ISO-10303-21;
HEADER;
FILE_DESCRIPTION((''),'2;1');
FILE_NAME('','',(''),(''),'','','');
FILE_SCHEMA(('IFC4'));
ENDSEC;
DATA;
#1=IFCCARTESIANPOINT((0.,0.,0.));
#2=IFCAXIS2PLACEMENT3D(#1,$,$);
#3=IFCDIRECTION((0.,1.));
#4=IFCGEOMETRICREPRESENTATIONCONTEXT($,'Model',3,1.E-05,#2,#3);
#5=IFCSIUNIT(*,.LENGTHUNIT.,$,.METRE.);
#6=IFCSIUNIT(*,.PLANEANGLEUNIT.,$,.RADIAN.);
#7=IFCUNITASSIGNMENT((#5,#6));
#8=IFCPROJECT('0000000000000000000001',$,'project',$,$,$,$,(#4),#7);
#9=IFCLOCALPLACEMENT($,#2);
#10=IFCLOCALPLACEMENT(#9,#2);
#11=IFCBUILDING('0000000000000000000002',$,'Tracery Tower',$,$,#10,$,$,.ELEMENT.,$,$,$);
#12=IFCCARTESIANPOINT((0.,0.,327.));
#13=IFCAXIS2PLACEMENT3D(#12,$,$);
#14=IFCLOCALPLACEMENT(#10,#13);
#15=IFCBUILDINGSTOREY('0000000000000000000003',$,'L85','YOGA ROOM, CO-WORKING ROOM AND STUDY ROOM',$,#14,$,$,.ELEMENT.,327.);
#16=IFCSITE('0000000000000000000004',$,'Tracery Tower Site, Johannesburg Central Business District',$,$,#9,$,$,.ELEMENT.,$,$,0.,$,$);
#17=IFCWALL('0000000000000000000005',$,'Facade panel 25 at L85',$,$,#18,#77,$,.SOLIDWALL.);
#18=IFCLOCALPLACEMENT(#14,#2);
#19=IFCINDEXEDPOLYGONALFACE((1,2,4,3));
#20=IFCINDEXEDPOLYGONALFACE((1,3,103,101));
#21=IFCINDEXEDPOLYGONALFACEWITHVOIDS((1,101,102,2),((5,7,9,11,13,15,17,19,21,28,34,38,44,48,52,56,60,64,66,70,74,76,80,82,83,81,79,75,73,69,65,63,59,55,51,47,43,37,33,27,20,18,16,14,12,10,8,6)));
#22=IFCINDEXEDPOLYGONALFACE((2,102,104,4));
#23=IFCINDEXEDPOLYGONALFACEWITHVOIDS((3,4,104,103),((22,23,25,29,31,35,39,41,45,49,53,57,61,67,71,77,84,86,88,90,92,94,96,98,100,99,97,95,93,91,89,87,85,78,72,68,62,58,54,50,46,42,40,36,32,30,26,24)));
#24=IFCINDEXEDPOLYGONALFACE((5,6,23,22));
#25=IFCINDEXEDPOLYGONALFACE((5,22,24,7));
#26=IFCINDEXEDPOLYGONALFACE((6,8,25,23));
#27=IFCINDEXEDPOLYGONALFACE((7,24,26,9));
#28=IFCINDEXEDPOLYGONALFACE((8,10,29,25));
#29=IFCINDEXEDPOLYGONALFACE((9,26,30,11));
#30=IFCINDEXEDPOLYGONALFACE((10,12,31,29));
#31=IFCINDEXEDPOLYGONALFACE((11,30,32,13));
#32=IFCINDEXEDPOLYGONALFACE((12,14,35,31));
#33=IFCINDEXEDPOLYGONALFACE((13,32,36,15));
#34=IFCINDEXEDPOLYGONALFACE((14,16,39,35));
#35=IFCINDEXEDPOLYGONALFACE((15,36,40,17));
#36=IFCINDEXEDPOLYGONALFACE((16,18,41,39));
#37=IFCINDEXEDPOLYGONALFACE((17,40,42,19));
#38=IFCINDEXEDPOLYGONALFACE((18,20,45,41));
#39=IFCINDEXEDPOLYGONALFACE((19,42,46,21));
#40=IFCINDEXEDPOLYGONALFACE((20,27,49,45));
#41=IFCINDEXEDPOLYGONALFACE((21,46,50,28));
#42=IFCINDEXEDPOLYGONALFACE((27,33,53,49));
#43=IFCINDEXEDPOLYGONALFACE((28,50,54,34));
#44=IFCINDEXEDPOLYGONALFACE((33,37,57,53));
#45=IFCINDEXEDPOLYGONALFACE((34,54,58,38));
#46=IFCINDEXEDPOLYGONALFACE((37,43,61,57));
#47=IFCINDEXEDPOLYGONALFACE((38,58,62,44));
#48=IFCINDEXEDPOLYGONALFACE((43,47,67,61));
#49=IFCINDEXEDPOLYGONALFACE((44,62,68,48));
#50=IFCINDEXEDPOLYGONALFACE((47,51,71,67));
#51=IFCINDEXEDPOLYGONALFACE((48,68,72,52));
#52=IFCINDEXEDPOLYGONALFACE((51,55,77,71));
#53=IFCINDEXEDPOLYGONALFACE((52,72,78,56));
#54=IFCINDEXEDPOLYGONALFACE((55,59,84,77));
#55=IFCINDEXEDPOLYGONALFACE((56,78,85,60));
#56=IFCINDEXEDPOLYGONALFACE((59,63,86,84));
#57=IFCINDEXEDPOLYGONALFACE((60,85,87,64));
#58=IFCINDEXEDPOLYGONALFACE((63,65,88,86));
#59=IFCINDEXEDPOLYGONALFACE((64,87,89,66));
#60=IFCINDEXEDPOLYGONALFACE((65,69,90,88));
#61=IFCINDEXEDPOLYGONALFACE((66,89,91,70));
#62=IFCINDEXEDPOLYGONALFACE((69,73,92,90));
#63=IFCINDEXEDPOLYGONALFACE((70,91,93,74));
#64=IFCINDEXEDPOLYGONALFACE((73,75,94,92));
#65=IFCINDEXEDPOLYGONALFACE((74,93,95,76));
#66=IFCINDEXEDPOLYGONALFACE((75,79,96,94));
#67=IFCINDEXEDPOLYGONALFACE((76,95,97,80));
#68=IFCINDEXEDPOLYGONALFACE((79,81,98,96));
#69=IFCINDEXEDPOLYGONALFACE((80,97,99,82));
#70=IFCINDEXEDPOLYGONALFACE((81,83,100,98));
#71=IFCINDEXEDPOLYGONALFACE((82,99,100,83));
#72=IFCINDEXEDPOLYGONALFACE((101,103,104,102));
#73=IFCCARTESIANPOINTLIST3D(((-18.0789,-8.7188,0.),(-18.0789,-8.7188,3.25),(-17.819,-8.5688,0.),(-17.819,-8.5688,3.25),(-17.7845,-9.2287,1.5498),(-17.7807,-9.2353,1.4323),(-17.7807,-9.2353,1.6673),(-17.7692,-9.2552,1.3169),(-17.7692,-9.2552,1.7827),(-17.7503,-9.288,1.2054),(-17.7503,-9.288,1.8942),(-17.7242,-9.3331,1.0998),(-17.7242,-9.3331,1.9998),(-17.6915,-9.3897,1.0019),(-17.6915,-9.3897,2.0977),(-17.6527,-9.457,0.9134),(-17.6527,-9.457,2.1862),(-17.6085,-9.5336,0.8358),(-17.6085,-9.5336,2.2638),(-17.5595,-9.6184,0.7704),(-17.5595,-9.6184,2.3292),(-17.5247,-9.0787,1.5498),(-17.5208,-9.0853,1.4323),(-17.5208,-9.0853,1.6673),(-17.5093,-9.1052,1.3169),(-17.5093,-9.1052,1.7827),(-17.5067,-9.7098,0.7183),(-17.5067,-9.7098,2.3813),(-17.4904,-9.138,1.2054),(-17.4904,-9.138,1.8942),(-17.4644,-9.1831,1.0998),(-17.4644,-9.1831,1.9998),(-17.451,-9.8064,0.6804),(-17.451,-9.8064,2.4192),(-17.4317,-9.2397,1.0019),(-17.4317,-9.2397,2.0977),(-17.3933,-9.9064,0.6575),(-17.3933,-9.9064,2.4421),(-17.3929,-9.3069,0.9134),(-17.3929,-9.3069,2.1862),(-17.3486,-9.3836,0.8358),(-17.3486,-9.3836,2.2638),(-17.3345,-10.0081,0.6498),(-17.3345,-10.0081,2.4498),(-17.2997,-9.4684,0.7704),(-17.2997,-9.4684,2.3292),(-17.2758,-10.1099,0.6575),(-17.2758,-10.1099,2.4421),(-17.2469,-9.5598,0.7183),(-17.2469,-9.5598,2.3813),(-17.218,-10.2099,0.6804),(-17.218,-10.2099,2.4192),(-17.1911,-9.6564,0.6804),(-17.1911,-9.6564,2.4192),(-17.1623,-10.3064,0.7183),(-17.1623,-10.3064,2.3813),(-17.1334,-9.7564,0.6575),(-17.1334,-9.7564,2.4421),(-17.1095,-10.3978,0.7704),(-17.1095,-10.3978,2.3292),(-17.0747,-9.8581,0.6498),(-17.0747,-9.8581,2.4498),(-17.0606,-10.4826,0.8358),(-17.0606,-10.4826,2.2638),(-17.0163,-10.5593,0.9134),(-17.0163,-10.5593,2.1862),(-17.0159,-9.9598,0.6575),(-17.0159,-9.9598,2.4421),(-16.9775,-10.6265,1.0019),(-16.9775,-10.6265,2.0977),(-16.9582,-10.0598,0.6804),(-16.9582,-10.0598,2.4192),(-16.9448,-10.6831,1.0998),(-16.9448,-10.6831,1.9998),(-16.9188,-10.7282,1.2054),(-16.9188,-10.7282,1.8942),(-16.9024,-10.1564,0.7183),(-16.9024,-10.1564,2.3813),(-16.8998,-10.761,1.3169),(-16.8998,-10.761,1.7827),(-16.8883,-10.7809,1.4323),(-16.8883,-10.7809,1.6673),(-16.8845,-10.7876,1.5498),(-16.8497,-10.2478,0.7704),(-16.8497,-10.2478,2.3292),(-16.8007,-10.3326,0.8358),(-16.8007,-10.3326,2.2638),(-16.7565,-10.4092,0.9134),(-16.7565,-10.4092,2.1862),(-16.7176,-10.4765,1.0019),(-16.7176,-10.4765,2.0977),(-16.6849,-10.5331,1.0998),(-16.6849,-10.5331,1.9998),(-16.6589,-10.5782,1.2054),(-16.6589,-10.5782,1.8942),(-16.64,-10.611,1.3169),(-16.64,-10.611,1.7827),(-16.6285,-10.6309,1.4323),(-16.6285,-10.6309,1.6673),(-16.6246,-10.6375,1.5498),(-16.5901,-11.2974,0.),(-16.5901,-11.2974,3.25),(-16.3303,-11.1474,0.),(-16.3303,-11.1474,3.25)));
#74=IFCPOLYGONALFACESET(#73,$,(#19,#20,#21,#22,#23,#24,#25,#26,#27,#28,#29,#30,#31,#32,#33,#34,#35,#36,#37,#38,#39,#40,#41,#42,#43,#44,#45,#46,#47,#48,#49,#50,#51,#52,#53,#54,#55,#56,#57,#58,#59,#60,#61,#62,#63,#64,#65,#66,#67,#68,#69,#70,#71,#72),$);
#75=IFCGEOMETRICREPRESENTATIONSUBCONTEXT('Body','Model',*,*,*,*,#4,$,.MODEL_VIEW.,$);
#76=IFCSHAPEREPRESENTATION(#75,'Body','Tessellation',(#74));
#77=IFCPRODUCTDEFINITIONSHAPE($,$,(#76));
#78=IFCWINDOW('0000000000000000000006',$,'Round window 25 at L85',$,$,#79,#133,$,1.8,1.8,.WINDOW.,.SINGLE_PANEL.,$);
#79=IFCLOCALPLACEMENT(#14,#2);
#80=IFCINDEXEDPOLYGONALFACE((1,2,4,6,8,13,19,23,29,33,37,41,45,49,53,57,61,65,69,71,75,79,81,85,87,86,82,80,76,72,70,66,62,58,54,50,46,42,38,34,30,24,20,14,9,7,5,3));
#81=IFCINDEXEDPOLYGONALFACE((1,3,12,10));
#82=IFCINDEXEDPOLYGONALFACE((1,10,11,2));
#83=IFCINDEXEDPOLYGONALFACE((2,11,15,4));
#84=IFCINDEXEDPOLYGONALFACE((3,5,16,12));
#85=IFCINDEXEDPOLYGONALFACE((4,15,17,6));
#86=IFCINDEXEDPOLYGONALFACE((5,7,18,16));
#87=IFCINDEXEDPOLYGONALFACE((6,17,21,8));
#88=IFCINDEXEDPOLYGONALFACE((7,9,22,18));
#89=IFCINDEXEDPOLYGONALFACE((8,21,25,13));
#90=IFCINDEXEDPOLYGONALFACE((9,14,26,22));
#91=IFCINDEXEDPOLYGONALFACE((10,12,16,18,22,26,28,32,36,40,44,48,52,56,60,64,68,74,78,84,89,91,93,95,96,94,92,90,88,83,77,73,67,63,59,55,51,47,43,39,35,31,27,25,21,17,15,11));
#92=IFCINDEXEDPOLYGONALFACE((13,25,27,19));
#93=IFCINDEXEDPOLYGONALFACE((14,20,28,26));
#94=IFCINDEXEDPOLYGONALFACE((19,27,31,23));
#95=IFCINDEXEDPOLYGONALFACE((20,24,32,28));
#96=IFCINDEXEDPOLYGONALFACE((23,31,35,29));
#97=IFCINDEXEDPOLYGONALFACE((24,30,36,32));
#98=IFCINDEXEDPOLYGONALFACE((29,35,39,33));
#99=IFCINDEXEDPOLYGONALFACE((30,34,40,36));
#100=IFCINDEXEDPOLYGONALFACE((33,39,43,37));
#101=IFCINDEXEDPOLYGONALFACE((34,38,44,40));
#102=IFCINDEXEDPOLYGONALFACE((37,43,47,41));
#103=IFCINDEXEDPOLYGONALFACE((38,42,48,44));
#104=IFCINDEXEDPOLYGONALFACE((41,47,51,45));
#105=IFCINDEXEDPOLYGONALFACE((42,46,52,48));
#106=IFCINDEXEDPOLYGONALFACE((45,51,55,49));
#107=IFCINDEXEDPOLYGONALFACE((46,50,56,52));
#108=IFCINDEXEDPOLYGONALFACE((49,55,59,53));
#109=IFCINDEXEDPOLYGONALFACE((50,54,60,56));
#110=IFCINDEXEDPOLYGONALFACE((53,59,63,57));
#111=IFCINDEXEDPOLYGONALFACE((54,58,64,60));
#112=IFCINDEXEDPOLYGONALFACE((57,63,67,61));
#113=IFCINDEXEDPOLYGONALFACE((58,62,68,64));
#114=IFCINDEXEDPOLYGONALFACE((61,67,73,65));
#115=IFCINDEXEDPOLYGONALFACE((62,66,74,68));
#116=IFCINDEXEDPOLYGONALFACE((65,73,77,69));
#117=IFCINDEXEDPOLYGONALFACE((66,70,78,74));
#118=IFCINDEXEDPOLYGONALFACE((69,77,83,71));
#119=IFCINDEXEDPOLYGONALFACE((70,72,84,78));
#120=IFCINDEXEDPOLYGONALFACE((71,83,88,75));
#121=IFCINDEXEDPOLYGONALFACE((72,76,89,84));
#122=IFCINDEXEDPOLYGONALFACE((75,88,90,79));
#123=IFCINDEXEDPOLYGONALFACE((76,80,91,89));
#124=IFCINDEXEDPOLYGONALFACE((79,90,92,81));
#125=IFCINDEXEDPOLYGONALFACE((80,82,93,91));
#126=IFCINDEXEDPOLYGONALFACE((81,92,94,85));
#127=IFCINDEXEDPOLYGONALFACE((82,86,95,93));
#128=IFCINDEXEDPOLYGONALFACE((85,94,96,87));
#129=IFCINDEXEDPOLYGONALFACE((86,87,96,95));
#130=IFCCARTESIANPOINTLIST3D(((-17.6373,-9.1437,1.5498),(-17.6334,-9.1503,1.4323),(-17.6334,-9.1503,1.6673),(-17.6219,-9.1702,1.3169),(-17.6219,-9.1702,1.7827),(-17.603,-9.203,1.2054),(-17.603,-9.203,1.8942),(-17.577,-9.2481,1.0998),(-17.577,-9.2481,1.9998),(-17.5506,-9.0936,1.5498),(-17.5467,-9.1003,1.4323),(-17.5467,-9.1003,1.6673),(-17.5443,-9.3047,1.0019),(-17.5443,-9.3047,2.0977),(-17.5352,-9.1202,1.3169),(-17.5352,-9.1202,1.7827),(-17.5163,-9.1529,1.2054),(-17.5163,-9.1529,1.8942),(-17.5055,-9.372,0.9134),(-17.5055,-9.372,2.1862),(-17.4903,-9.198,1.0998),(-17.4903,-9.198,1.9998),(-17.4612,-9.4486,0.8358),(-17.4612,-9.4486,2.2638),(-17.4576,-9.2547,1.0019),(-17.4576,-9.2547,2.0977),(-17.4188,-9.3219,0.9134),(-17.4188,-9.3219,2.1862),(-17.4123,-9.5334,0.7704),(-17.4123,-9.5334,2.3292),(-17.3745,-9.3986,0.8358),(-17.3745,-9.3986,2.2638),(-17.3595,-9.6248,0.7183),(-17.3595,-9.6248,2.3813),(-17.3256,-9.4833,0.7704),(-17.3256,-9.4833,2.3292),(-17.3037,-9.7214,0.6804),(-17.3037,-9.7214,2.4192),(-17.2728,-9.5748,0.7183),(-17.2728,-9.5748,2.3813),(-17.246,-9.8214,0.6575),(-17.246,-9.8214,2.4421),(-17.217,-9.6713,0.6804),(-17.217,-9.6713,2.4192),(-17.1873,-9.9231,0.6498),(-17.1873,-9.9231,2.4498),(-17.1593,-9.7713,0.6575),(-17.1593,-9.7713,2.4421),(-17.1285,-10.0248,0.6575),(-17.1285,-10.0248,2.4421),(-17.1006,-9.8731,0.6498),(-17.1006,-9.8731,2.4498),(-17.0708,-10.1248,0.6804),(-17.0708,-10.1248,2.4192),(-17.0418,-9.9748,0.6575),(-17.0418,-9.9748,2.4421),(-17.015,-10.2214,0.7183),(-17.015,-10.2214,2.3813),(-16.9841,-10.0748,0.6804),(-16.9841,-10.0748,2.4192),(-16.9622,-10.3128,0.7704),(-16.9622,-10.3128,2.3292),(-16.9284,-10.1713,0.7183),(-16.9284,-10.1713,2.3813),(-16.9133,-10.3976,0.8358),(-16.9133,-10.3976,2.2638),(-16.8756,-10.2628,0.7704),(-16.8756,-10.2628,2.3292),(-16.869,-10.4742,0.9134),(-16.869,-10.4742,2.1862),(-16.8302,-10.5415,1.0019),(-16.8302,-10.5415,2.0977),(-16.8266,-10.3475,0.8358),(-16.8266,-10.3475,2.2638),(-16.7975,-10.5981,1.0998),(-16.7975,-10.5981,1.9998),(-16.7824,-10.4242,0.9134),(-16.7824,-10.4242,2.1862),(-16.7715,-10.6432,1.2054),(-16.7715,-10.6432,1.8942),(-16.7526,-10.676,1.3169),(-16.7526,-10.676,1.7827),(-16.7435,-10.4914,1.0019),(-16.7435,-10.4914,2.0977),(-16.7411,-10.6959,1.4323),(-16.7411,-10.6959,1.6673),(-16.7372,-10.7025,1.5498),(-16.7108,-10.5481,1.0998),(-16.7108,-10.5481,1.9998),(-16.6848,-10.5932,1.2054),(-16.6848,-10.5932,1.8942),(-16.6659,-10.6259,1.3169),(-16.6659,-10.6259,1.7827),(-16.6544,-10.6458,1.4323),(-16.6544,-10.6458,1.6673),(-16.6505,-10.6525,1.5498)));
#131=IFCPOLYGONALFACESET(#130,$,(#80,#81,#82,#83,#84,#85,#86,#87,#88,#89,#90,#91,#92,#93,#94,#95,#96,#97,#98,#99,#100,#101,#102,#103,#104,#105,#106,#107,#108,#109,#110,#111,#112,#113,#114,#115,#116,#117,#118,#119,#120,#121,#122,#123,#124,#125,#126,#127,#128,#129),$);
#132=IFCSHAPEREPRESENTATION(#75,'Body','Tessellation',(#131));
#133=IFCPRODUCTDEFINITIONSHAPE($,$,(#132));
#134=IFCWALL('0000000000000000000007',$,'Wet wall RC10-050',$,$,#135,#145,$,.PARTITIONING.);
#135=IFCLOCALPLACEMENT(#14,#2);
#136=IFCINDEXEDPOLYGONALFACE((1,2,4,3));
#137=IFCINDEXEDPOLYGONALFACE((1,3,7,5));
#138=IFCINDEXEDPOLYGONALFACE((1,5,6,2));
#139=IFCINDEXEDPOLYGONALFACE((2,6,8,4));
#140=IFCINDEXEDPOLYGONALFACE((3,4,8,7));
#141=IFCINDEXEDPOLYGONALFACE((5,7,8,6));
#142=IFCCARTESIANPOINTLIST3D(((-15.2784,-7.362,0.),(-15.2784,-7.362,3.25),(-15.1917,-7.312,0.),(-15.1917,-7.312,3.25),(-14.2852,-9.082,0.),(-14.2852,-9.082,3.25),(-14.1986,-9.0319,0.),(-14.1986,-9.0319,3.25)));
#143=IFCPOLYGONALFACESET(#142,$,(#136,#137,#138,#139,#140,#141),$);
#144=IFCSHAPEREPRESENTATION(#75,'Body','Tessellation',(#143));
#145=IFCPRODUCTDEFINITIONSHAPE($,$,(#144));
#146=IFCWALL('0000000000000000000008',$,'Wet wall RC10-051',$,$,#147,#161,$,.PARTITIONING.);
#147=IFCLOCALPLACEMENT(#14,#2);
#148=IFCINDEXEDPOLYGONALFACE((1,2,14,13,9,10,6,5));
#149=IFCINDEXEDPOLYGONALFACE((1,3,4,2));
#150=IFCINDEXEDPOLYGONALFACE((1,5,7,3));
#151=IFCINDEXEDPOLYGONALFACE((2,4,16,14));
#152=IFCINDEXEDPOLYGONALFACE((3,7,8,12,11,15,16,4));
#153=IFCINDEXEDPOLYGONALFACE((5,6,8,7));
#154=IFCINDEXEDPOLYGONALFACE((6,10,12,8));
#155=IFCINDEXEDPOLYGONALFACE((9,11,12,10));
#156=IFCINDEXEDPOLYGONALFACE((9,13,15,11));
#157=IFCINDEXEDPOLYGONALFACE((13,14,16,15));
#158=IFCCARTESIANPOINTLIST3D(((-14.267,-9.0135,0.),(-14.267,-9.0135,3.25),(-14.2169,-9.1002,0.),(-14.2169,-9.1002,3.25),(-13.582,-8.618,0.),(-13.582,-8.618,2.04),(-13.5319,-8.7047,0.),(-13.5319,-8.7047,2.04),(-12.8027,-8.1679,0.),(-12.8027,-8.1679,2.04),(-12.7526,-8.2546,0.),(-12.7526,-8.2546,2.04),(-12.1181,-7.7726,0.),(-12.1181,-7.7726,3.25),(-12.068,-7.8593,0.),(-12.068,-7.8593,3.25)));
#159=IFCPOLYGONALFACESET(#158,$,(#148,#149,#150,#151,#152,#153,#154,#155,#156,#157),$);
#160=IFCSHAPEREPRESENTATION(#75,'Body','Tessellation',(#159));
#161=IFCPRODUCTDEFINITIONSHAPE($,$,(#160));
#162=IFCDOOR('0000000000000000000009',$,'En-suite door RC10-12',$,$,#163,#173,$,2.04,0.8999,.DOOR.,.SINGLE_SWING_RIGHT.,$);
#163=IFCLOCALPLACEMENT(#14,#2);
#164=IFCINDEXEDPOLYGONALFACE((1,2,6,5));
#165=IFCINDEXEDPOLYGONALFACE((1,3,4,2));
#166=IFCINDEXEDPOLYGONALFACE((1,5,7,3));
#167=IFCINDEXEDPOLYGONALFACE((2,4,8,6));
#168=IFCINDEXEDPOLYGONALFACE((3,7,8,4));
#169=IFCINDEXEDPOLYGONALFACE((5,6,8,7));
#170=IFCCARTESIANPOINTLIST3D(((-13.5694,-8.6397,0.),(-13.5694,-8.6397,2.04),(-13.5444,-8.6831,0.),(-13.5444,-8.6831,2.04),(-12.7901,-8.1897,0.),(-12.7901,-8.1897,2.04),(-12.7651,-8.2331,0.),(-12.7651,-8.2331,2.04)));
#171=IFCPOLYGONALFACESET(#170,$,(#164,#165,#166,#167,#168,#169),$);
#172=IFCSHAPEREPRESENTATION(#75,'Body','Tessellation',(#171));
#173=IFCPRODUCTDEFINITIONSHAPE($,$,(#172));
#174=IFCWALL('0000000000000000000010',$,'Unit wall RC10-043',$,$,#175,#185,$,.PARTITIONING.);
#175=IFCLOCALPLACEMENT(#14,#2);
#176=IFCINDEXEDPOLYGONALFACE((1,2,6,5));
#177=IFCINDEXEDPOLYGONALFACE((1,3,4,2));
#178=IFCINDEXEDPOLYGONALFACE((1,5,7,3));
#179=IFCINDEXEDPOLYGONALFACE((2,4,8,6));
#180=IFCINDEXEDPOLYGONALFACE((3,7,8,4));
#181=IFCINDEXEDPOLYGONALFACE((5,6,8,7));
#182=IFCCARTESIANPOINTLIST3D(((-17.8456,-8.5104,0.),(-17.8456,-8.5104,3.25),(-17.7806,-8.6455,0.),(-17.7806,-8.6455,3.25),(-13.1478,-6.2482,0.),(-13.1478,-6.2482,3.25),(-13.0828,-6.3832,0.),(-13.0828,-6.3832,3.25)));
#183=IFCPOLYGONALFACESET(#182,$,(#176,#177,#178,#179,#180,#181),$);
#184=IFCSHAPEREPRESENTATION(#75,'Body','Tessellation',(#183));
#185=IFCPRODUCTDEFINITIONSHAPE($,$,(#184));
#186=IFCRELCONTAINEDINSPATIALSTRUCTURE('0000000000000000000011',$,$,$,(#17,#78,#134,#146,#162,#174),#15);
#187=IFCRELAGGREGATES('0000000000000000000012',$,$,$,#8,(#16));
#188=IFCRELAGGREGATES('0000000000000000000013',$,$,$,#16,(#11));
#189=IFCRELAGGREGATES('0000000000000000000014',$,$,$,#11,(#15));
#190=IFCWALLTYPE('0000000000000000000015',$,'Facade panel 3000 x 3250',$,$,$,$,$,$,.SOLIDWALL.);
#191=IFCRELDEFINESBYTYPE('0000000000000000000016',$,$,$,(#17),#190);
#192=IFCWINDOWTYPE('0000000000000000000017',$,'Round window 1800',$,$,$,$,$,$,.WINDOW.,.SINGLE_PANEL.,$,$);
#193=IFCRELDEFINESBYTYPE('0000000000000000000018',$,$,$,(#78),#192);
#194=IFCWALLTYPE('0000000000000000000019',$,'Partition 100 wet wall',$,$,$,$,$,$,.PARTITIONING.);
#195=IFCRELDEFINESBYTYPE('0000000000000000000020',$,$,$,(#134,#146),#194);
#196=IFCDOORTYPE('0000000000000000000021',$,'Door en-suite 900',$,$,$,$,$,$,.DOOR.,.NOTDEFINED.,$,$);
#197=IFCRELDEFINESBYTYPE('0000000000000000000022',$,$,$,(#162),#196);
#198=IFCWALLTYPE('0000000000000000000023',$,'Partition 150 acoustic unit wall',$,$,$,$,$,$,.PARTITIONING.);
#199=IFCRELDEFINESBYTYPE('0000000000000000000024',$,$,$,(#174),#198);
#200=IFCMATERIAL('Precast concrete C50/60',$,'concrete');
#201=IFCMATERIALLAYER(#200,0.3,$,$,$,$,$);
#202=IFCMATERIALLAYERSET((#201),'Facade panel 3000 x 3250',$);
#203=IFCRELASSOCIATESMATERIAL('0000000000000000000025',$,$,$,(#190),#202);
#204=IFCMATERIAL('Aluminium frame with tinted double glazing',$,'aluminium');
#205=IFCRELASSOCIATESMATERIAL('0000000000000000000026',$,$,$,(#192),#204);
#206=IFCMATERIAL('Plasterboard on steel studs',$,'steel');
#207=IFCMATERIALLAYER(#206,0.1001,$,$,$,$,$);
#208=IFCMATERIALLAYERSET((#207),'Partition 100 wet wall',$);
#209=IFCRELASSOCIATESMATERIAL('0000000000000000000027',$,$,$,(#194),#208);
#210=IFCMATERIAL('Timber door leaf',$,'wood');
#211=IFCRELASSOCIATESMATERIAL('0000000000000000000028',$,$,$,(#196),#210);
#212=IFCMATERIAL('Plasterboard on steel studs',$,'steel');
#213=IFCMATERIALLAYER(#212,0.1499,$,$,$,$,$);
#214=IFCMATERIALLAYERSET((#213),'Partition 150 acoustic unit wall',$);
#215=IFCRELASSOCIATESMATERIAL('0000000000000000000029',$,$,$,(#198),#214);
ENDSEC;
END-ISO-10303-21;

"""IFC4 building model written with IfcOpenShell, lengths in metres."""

from ifc_helpers import new_model, si_unit, direction, frame, frame_2d, origin, origin_2d, place, context, subcontext, project, spatial, rectangle, circle, extrude, material, layer, layer_set, type_object, element, fill, save


model = new_model("IFC4")

# Units and contexts
model_context = context("Model", 3, precision=1e-05, world=origin(), true_north=direction((0.0, 1.0)))
body_context = subcontext(model_context, "Body", "Model", "MODEL_VIEW")
ifc_project = project(units=[si_unit("LENGTHUNIT", "METRE"), si_unit("PLANEANGLEUNIT", "RADIAN")], contexts=[model_context])

# Site, building, storey
site_placement = place(None, origin())
site = spatial("IfcSite", under=ifc_project, at=site_placement, Name="Tracery Tower Site, Johannesburg Central Business District", CompositionType="ELEMENT", RefElevation=0.0)
building_placement = place(site_placement, origin())
building = spatial("IfcBuilding", under=site, at=building_placement, Name="Tracery Tower", CompositionType="ELEMENT")
storey_placement = place(building_placement, frame((0.0, 0.0, 327.0)))
storey = spatial("IfcBuildingStorey", under=building, at=storey_placement, Name="L85", Description="YOGA ROOM, CO-WORKING ROOM AND STUDY ROOM", CompositionType="ELEMENT", Elevation=327.0)

# Wall, opening, window
ifc_material_1 = material(Name="Precast concrete C50/60", Category="concrete")
ifc_layer_1 = layer(ifc_material_1, 0.3)
ifc_layer_set_1 = layer_set([ifc_layer_1], Name="Facade panel 3000 x 3250")
wall_type_1 = type_object("IfcWallType", Name="Facade panel 3000 x 3250", PredefinedType="SOLIDWALL", material=ifc_layer_set_1)
ifc_material_2 = material(Name="Aluminium frame with tinted double glazing", Category="aluminium")
window_type = type_object("IfcWindowType", Name="Round window 1800", PartitioningType="SINGLE_PANEL", PredefinedType="WINDOW", material=ifc_material_2)
wall_1_placement = place(storey_placement, frame((-17.949, -8.6438, 0.0), z_axis=(0.0, 0.0, 1.0), x_axis=(0.500002, -0.866024, 0.0)))
wall_1 = element("IfcWall", 1, at=wall_1_placement, inside=storey, type_object=wall_type_1, Name="Facade panel 25 at L85", PredefinedType="SOLIDWALL", context=body_context, shape_type="SweptSolid", body=[
    extrude(rectangle(XDim=2.9775, YDim=0.3, at=frame_2d((1.4888, 0.0))), origin(), (0.0, 0.0, 1.0), 3.25),
])
opening_1_placement = place(wall_1_placement, frame((1.4888, 0.0, 1.5498)))
opening_1 = element("IfcOpeningElement", 2, at=opening_1_placement, cuts=wall_1, PredefinedType="OPENING", context=body_context, shape_type="SweptSolid", body=[
    extrude(circle(Radius=0.9, at=origin_2d()), frame((0.0, 0.1599, 0.0), z_axis=(0.0, -1.0, 0.0), x_axis=(1.0, 0.0, 0.0)), (0.0, 0.0, 1.0), 0.3201),
])
window_1_placement = place(opening_1_placement, origin())
window_1 = element("IfcWindow", 3, at=window_1_placement, inside=storey, type_object=window_type, Name="Round window 25 at L85", OverallHeight=1.8, OverallWidth=1.8, PartitioningType="SINGLE_PANEL", PredefinedType="WINDOW", context=body_context, shape_type="SweptSolid", body=[
    extrude(circle(Radius=0.9, at=origin_2d()), frame((0.0, 0.1201, 0.0), z_axis=(0.0, -1.0, 0.0), x_axis=(1.0, 0.0, 0.0)), (0.0, 0.0, 1.0), 0.1001),
])
fill(opening_1, window_1)

# Wall
ifc_material_3 = material(Name="Plasterboard on steel studs", Category="steel")
ifc_layer_2 = layer(ifc_material_3, 0.1001)
ifc_layer_set_2 = layer_set([ifc_layer_2], Name="Partition 100 wet wall")
wall_type_2 = type_object("IfcWallType", Name="Partition 100 wet wall", PredefinedType="PARTITIONING", material=ifc_layer_set_2)
wall_2_placement = place(storey_placement, frame((-15.2351, -7.3369, 0.0), z_axis=(0.0, 0.0, 1.0), x_axis=(0.500052, -0.865995, 0.0)))
element("IfcWall", 4, at=wall_2_placement, inside=storey, type_object=wall_type_2, Name="Wet wall RC10-050", PredefinedType="PARTITIONING", context=body_context, shape_type="SweptSolid", body=[
    extrude(rectangle(XDim=1.9861, YDim=0.1001, at=frame_2d((0.9932, 0.0))), origin(), (0.0, 0.0, 1.0), 3.25),
])

# Wall, opening, door
wall_3_placement = place(storey_placement, frame((-14.2419, -9.0569, 0.0), z_axis=(0.0, 0.0, 1.0), x_axis=(0.865976, 0.500086, 0.0)))
wall_3 = element("IfcWall", 5, at=wall_3_placement, inside=storey, type_object=wall_type_2, Name="Wet wall RC10-051", PredefinedType="PARTITIONING", context=body_context, shape_type="SweptSolid", body=[
    extrude(rectangle(XDim=2.4814, YDim=0.1001, at=frame_2d((1.2407, 0.0))), origin(), (0.0, 0.0, 1.0), 3.25),
])
opening_2_placement = place(wall_3_placement, frame((0.791, 0.0, 0.0)))
opening_2 = element("IfcOpeningElement", 6, at=opening_2_placement, cuts=wall_3, PredefinedType="OPENING", context=body_context, shape_type="SweptSolid", body=[
    extrude(rectangle(XDim=0.8999, YDim=2.04, at=frame_2d((0.45, 1.02))), frame((0.0, 0.05, 0.0), z_axis=(0.0, -1.0, 0.0), x_axis=(1.0, 0.0, 0.0)), (0.0, 0.0, 1.0), 0.1001),
])
ifc_material_4 = material(Name="Timber door leaf", Category="wood")
door_type_1 = type_object("IfcDoorType", Name="Door en-suite 900", OperationType="NOTDEFINED", PredefinedType="DOOR", material=ifc_material_4)
door_1_placement = place(opening_2_placement, origin())
door_1 = element("IfcDoor", 7, at=door_1_placement, inside=storey, type_object=door_type_1, Name="En-suite door RC10-12", OperationType="SINGLE_SWING_RIGHT", OverallHeight=2.04, OverallWidth=0.8999, PredefinedType="DOOR", context=body_context, shape_type="SweptSolid", body=[
    extrude(rectangle(XDim=0.8999, YDim=2.04, at=frame_2d((0.45, 1.02))), frame((0.0, 0.0249, 0.0), z_axis=(0.0, -1.0, 0.0), x_axis=(1.0, 0.0, 0.0)), (0.0, 0.0, 1.0), 0.05),
])
fill(opening_2, door_1)

# Wall
ifc_material_5 = material(Name="Plasterboard on steel studs", Category="steel")
ifc_layer_3 = layer(ifc_material_5, 0.1499)
ifc_layer_set_3 = layer_set([ifc_layer_3], Name="Partition 150 acoustic unit wall")
wall_type_3 = type_object("IfcWallType", Name="Partition 150 acoustic unit wall", PredefinedType="PARTITIONING", material=ifc_layer_set_3)
wall_4_placement = place(storey_placement, frame((-17.813, -8.5779, 0.0), z_axis=(0.0, 0.0, 1.0), x_axis=(0.900977, 0.433866, 0.0)))
element("IfcWall", 8, at=wall_4_placement, inside=storey, type_object=wall_type_3, Name="Unit wall RC10-043", PredefinedType="PARTITIONING", context=body_context, shape_type="SweptSolid", body=[
    extrude(rectangle(XDim=5.2141, YDim=0.1499, at=frame_2d((2.6069, 0.0))), origin(), (0.0, 0.0, 1.0), 3.25),
])

save(model, "model.ifc")
